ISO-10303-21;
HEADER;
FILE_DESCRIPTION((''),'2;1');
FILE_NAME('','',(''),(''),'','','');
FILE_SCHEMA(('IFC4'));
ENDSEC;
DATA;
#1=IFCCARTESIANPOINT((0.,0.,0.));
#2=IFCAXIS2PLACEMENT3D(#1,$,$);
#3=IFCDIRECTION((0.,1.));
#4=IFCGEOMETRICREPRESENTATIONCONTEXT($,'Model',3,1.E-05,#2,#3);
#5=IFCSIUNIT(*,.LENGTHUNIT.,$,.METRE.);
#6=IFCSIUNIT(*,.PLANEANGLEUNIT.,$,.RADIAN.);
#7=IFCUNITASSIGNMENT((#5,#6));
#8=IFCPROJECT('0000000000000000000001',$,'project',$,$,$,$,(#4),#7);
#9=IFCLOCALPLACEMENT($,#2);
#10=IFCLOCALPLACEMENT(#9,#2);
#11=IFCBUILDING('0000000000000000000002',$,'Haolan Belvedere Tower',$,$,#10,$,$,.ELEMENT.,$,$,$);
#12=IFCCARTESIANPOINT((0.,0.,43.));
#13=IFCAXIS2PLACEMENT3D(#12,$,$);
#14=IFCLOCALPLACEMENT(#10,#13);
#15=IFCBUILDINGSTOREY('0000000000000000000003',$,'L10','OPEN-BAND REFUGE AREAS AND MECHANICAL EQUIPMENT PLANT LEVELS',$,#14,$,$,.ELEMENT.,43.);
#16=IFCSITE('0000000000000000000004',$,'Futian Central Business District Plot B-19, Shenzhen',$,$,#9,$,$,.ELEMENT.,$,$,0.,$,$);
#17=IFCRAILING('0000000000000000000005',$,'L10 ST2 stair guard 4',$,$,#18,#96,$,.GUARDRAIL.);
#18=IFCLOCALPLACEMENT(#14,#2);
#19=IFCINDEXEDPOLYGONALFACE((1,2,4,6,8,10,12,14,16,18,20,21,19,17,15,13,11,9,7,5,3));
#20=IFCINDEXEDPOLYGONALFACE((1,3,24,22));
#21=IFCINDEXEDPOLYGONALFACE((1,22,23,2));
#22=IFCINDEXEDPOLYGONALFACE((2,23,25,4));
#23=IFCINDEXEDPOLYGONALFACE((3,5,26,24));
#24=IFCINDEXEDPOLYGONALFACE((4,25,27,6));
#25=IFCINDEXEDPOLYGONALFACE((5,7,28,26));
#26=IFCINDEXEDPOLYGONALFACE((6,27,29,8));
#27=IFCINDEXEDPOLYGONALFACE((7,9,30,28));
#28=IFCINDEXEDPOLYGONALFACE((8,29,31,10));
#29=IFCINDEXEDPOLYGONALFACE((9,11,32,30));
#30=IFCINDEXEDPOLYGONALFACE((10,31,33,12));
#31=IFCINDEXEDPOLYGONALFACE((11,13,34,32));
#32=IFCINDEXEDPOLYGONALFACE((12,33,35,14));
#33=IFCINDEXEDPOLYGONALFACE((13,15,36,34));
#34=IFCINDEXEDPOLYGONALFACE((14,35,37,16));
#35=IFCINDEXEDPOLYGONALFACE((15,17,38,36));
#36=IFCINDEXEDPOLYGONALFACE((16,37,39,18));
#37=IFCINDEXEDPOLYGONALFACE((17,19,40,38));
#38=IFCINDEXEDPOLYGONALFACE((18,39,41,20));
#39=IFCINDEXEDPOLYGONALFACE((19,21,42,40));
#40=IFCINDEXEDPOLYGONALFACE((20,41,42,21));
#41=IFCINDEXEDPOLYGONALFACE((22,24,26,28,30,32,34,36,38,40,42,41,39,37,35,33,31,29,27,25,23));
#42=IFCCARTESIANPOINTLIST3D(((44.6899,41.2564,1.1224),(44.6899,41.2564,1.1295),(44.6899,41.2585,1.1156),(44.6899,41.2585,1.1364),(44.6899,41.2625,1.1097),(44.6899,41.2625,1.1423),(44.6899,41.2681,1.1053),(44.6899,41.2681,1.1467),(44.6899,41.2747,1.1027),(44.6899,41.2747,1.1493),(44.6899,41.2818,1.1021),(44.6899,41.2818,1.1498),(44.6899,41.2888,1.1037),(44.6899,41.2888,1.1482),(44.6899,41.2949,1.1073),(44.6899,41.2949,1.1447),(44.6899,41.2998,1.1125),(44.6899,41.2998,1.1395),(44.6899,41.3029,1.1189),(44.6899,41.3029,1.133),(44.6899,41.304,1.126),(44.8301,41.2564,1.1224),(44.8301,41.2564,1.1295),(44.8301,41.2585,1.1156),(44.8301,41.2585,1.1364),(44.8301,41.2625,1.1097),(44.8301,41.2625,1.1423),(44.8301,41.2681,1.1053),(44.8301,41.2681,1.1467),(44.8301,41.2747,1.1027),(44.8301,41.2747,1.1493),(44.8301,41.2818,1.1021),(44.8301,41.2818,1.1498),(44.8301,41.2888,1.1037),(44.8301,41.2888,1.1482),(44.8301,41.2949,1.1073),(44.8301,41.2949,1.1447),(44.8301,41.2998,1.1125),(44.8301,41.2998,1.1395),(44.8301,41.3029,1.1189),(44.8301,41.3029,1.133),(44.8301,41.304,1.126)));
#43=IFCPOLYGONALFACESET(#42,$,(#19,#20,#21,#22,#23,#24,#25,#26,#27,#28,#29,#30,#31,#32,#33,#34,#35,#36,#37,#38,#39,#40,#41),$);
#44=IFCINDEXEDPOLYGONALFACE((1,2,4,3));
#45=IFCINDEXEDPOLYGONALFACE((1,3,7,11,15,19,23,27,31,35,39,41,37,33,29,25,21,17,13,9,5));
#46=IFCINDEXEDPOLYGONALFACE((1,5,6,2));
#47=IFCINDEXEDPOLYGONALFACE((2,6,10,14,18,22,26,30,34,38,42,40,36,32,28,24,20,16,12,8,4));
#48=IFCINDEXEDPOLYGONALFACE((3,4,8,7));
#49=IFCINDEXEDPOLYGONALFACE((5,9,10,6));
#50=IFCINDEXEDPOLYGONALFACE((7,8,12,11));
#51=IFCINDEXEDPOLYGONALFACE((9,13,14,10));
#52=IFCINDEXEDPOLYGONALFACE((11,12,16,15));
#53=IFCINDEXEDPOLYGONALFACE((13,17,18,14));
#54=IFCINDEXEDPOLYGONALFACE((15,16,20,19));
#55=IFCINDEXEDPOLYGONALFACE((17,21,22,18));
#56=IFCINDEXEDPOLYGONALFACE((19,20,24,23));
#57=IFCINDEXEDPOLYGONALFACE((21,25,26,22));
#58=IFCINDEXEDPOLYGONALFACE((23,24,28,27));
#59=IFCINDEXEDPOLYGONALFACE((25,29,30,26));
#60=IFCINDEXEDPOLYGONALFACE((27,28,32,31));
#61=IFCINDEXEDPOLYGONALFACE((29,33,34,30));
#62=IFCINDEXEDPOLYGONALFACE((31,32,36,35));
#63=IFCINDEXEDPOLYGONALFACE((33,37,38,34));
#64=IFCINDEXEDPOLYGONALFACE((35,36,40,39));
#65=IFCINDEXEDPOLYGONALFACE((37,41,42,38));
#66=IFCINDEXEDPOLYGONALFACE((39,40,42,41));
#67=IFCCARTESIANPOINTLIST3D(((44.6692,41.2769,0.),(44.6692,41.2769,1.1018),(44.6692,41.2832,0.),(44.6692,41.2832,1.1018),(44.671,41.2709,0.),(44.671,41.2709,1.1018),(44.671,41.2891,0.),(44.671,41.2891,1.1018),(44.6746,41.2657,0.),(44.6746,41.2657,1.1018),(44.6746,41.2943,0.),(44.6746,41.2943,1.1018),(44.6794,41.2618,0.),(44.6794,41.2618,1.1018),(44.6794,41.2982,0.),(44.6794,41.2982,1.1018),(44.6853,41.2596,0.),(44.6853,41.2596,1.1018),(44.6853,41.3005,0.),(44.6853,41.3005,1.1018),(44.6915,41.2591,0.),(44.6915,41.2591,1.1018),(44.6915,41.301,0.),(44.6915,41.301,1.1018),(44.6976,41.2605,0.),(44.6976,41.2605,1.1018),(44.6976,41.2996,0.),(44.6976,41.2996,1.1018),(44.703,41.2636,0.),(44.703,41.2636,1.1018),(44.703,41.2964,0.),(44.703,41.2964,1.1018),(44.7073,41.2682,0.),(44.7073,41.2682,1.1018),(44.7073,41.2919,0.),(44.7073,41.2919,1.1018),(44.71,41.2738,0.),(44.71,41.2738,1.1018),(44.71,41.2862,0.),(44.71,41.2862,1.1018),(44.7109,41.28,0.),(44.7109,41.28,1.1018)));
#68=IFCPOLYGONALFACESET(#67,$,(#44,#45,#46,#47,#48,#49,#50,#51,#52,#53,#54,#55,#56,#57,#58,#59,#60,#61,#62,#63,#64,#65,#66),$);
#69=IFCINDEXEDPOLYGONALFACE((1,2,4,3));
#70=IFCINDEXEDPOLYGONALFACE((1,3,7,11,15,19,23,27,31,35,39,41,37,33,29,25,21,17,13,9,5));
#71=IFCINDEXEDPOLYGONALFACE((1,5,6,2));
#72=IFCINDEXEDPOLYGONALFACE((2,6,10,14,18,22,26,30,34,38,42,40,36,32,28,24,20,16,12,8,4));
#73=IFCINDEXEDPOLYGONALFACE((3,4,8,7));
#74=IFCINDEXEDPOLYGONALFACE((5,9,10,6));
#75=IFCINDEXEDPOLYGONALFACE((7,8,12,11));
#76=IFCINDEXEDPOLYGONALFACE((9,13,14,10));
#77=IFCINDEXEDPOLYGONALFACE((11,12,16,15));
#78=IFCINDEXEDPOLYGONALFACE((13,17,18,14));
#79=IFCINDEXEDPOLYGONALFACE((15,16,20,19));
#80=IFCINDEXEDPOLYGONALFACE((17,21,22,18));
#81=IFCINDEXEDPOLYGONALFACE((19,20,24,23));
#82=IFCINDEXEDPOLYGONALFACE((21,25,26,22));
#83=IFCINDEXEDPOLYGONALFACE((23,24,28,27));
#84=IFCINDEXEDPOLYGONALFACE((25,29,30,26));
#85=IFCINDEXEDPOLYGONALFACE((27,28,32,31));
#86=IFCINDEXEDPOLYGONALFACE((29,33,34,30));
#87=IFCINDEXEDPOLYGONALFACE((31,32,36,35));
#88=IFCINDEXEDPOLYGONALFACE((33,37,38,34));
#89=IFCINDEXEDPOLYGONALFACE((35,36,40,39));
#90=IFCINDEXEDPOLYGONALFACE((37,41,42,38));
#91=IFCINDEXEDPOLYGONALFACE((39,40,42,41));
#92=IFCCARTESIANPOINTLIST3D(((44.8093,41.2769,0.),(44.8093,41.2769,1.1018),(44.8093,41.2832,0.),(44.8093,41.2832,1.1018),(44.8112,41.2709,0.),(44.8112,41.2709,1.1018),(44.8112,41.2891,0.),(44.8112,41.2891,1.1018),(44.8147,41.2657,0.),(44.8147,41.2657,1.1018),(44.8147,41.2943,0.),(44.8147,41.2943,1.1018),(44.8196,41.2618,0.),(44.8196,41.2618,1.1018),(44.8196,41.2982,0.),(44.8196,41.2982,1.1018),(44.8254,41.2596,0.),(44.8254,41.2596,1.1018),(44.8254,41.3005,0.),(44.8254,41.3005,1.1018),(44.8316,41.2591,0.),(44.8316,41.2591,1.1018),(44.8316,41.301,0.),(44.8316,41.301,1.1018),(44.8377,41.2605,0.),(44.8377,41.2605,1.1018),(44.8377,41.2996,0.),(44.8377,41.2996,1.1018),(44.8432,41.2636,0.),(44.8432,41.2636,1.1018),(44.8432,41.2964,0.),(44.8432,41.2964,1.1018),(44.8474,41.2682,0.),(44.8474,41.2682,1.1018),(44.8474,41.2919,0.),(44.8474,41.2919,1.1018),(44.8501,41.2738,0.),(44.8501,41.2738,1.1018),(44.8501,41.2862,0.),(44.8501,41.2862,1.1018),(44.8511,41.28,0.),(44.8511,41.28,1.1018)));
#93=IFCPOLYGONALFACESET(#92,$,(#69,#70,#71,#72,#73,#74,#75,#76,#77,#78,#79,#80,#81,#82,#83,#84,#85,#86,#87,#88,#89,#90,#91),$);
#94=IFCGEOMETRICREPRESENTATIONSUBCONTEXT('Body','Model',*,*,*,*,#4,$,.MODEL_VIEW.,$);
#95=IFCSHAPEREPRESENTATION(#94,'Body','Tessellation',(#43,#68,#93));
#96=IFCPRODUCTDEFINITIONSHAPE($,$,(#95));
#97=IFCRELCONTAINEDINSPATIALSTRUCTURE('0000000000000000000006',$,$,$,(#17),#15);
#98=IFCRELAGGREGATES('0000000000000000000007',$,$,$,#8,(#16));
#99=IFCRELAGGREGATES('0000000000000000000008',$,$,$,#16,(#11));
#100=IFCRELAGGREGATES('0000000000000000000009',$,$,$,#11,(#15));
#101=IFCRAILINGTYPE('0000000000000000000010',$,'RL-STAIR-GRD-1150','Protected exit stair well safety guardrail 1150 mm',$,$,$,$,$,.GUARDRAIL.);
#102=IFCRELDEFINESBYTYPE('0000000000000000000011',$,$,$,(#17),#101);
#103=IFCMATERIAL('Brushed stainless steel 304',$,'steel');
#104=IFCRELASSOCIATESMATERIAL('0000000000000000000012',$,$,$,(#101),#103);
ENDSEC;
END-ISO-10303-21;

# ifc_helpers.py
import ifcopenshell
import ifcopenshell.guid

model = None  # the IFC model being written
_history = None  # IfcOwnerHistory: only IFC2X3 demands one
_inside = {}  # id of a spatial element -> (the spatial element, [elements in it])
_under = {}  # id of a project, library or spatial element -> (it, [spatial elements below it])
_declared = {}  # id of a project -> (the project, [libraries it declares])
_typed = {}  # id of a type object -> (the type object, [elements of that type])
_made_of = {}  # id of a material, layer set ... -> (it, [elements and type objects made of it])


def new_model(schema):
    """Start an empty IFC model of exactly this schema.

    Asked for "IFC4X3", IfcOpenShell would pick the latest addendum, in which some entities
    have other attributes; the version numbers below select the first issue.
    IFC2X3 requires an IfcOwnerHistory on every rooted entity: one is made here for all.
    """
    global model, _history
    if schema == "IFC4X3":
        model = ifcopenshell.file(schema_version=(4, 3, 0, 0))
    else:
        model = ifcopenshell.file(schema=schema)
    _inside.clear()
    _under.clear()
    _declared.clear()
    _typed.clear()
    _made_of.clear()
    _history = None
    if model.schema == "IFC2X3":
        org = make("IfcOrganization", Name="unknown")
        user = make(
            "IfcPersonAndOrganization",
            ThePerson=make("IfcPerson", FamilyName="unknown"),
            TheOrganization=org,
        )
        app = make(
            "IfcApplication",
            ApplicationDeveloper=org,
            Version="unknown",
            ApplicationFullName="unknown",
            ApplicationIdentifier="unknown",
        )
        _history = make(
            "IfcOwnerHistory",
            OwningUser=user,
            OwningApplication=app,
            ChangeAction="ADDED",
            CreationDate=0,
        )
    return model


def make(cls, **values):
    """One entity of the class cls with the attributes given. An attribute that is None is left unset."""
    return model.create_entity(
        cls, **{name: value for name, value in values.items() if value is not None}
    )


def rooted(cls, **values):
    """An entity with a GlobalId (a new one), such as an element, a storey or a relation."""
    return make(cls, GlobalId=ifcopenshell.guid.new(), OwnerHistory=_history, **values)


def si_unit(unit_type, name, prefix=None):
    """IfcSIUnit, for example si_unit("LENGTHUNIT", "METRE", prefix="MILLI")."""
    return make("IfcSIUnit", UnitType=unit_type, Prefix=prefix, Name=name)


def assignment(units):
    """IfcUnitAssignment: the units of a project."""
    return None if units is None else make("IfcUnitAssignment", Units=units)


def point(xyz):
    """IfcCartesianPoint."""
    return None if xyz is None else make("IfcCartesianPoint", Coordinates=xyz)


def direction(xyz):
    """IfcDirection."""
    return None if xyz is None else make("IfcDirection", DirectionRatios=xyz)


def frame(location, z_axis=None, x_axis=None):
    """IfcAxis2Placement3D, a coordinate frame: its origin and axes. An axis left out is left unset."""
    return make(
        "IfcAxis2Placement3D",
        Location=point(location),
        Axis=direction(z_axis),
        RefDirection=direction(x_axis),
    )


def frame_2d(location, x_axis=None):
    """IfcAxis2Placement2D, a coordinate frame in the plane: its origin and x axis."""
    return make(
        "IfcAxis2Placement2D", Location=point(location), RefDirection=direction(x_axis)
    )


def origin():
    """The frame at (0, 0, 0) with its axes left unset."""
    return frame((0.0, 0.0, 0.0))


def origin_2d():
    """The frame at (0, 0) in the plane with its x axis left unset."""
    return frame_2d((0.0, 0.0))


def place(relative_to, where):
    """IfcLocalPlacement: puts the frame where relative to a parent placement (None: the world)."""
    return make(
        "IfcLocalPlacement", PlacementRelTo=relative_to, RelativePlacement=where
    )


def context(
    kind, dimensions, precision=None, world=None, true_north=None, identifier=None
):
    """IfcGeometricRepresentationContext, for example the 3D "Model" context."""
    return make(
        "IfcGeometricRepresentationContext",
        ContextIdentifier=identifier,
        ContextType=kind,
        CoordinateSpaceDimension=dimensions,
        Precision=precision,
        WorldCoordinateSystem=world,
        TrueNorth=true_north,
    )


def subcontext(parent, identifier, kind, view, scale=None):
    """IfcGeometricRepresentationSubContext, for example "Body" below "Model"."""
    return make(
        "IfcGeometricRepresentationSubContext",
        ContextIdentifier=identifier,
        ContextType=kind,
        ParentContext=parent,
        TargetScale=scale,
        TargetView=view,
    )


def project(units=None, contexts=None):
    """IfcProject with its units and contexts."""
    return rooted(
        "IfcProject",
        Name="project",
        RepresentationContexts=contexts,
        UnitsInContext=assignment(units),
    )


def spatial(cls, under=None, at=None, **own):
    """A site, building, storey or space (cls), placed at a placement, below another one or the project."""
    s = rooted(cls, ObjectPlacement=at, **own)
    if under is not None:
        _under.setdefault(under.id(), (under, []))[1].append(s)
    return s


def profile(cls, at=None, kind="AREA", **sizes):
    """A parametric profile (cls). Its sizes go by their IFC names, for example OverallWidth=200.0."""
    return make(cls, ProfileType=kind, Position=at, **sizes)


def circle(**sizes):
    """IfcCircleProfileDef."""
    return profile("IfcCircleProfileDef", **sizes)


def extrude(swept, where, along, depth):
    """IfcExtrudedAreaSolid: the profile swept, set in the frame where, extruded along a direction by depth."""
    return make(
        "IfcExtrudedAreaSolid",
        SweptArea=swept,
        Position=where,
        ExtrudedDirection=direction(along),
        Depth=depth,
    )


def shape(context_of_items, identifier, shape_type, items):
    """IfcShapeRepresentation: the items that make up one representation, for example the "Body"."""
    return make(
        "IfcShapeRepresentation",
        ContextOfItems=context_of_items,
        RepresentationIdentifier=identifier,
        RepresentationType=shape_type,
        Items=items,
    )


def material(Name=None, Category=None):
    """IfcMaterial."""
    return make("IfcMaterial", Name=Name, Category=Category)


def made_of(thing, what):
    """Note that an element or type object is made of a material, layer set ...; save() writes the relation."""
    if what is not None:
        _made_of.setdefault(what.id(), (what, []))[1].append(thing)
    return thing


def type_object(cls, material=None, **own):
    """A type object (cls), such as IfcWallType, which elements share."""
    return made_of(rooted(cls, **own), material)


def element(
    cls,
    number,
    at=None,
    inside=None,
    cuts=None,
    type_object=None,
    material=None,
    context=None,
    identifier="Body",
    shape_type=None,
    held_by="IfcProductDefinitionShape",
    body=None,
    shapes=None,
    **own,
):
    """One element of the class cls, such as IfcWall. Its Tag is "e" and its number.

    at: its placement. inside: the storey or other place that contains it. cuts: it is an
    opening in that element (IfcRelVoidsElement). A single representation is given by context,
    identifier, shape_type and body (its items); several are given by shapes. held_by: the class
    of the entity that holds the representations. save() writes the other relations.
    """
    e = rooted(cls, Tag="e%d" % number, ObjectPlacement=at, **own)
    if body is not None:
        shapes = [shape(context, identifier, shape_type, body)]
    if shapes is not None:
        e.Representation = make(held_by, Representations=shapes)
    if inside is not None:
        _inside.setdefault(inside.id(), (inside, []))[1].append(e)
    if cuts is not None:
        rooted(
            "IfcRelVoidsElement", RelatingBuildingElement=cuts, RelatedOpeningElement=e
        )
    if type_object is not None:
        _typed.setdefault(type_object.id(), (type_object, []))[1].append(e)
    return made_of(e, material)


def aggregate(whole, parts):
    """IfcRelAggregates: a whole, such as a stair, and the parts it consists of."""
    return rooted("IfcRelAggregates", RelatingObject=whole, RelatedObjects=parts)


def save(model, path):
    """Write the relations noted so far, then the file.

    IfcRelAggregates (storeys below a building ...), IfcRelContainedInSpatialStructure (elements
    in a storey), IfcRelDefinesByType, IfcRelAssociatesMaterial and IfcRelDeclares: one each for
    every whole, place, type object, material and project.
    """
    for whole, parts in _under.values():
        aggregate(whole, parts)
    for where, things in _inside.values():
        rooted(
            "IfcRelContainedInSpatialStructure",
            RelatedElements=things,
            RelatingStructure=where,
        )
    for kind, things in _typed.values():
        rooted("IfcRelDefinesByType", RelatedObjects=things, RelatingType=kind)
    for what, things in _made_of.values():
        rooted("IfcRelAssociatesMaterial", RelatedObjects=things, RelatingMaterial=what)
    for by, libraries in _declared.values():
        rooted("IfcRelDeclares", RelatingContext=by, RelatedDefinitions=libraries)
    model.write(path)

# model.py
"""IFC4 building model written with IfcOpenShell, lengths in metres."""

from ifc_helpers import new_model, si_unit, direction, frame, origin, origin_2d, place, context, subcontext, project, spatial, circle, extrude, material, type_object, element, save


model = new_model("IFC4")

# Units and contexts
model_context = context("Model", 3, precision=1e-05, world=origin(), true_north=direction((0.0, 1.0)))
body_context = subcontext(model_context, "Body", "Model", "MODEL_VIEW")
ifc_project = project(units=[si_unit("LENGTHUNIT", "METRE"), si_unit("PLANEANGLEUNIT", "RADIAN")], contexts=[model_context])

# Site, building, storey
site_placement = place(None, origin())
site = spatial("IfcSite", under=ifc_project, at=site_placement, Name="Futian Central Business District Plot B-19, Shenzhen", CompositionType="ELEMENT", RefElevation=0.0)
building_placement = place(site_placement, origin())
building = spatial("IfcBuilding", under=site, at=building_placement, Name="Haolan Belvedere Tower", CompositionType="ELEMENT")
storey_placement = place(building_placement, frame((0.0, 0.0, 43.0)))
storey = spatial("IfcBuildingStorey", under=building, at=storey_placement, Name="L10", Description="OPEN-BAND REFUGE AREAS AND MECHANICAL EQUIPMENT PLANT LEVELS", CompositionType="ELEMENT", Elevation=43.0)

# Railing
ifc_material_1 = material(Name="Brushed stainless steel 304", Category="steel")
railing_type_1 = type_object("IfcRailingType", Name="RL-STAIR-GRD-1150", Description="Protected exit stair well safety guardrail 1150 mm", PredefinedType="GUARDRAIL", material=ifc_material_1)
railing_1_placement = place(storey_placement, frame((44.6899, 41.28, 0.0)))
element("IfcRailing", 1, at=railing_1_placement, inside=storey, type_object=railing_type_1, Name="L10 ST2 stair guard 4", PredefinedType="GUARDRAIL", context=body_context, shape_type="SweptSolid", body=[
    extrude(circle(Radius=0.0239, at=origin_2d()), frame((0.0, 0.0, 1.126), z_axis=(1.0, 0.0, 0.0), x_axis=(0.0, 1.0, 0.0)), (0.0, 0.0, 1.0), 0.1401),
    extrude(circle(Radius=0.021, at=origin_2d()), origin(), (0.0, 0.0, 1.0), 1.1018),
    extrude(circle(Radius=0.021, at=origin_2d()), frame((0.1401, 0.0, 0.0)), (0.0, 0.0, 1.0), 1.1018),
])

save(model, "model.ifc")
